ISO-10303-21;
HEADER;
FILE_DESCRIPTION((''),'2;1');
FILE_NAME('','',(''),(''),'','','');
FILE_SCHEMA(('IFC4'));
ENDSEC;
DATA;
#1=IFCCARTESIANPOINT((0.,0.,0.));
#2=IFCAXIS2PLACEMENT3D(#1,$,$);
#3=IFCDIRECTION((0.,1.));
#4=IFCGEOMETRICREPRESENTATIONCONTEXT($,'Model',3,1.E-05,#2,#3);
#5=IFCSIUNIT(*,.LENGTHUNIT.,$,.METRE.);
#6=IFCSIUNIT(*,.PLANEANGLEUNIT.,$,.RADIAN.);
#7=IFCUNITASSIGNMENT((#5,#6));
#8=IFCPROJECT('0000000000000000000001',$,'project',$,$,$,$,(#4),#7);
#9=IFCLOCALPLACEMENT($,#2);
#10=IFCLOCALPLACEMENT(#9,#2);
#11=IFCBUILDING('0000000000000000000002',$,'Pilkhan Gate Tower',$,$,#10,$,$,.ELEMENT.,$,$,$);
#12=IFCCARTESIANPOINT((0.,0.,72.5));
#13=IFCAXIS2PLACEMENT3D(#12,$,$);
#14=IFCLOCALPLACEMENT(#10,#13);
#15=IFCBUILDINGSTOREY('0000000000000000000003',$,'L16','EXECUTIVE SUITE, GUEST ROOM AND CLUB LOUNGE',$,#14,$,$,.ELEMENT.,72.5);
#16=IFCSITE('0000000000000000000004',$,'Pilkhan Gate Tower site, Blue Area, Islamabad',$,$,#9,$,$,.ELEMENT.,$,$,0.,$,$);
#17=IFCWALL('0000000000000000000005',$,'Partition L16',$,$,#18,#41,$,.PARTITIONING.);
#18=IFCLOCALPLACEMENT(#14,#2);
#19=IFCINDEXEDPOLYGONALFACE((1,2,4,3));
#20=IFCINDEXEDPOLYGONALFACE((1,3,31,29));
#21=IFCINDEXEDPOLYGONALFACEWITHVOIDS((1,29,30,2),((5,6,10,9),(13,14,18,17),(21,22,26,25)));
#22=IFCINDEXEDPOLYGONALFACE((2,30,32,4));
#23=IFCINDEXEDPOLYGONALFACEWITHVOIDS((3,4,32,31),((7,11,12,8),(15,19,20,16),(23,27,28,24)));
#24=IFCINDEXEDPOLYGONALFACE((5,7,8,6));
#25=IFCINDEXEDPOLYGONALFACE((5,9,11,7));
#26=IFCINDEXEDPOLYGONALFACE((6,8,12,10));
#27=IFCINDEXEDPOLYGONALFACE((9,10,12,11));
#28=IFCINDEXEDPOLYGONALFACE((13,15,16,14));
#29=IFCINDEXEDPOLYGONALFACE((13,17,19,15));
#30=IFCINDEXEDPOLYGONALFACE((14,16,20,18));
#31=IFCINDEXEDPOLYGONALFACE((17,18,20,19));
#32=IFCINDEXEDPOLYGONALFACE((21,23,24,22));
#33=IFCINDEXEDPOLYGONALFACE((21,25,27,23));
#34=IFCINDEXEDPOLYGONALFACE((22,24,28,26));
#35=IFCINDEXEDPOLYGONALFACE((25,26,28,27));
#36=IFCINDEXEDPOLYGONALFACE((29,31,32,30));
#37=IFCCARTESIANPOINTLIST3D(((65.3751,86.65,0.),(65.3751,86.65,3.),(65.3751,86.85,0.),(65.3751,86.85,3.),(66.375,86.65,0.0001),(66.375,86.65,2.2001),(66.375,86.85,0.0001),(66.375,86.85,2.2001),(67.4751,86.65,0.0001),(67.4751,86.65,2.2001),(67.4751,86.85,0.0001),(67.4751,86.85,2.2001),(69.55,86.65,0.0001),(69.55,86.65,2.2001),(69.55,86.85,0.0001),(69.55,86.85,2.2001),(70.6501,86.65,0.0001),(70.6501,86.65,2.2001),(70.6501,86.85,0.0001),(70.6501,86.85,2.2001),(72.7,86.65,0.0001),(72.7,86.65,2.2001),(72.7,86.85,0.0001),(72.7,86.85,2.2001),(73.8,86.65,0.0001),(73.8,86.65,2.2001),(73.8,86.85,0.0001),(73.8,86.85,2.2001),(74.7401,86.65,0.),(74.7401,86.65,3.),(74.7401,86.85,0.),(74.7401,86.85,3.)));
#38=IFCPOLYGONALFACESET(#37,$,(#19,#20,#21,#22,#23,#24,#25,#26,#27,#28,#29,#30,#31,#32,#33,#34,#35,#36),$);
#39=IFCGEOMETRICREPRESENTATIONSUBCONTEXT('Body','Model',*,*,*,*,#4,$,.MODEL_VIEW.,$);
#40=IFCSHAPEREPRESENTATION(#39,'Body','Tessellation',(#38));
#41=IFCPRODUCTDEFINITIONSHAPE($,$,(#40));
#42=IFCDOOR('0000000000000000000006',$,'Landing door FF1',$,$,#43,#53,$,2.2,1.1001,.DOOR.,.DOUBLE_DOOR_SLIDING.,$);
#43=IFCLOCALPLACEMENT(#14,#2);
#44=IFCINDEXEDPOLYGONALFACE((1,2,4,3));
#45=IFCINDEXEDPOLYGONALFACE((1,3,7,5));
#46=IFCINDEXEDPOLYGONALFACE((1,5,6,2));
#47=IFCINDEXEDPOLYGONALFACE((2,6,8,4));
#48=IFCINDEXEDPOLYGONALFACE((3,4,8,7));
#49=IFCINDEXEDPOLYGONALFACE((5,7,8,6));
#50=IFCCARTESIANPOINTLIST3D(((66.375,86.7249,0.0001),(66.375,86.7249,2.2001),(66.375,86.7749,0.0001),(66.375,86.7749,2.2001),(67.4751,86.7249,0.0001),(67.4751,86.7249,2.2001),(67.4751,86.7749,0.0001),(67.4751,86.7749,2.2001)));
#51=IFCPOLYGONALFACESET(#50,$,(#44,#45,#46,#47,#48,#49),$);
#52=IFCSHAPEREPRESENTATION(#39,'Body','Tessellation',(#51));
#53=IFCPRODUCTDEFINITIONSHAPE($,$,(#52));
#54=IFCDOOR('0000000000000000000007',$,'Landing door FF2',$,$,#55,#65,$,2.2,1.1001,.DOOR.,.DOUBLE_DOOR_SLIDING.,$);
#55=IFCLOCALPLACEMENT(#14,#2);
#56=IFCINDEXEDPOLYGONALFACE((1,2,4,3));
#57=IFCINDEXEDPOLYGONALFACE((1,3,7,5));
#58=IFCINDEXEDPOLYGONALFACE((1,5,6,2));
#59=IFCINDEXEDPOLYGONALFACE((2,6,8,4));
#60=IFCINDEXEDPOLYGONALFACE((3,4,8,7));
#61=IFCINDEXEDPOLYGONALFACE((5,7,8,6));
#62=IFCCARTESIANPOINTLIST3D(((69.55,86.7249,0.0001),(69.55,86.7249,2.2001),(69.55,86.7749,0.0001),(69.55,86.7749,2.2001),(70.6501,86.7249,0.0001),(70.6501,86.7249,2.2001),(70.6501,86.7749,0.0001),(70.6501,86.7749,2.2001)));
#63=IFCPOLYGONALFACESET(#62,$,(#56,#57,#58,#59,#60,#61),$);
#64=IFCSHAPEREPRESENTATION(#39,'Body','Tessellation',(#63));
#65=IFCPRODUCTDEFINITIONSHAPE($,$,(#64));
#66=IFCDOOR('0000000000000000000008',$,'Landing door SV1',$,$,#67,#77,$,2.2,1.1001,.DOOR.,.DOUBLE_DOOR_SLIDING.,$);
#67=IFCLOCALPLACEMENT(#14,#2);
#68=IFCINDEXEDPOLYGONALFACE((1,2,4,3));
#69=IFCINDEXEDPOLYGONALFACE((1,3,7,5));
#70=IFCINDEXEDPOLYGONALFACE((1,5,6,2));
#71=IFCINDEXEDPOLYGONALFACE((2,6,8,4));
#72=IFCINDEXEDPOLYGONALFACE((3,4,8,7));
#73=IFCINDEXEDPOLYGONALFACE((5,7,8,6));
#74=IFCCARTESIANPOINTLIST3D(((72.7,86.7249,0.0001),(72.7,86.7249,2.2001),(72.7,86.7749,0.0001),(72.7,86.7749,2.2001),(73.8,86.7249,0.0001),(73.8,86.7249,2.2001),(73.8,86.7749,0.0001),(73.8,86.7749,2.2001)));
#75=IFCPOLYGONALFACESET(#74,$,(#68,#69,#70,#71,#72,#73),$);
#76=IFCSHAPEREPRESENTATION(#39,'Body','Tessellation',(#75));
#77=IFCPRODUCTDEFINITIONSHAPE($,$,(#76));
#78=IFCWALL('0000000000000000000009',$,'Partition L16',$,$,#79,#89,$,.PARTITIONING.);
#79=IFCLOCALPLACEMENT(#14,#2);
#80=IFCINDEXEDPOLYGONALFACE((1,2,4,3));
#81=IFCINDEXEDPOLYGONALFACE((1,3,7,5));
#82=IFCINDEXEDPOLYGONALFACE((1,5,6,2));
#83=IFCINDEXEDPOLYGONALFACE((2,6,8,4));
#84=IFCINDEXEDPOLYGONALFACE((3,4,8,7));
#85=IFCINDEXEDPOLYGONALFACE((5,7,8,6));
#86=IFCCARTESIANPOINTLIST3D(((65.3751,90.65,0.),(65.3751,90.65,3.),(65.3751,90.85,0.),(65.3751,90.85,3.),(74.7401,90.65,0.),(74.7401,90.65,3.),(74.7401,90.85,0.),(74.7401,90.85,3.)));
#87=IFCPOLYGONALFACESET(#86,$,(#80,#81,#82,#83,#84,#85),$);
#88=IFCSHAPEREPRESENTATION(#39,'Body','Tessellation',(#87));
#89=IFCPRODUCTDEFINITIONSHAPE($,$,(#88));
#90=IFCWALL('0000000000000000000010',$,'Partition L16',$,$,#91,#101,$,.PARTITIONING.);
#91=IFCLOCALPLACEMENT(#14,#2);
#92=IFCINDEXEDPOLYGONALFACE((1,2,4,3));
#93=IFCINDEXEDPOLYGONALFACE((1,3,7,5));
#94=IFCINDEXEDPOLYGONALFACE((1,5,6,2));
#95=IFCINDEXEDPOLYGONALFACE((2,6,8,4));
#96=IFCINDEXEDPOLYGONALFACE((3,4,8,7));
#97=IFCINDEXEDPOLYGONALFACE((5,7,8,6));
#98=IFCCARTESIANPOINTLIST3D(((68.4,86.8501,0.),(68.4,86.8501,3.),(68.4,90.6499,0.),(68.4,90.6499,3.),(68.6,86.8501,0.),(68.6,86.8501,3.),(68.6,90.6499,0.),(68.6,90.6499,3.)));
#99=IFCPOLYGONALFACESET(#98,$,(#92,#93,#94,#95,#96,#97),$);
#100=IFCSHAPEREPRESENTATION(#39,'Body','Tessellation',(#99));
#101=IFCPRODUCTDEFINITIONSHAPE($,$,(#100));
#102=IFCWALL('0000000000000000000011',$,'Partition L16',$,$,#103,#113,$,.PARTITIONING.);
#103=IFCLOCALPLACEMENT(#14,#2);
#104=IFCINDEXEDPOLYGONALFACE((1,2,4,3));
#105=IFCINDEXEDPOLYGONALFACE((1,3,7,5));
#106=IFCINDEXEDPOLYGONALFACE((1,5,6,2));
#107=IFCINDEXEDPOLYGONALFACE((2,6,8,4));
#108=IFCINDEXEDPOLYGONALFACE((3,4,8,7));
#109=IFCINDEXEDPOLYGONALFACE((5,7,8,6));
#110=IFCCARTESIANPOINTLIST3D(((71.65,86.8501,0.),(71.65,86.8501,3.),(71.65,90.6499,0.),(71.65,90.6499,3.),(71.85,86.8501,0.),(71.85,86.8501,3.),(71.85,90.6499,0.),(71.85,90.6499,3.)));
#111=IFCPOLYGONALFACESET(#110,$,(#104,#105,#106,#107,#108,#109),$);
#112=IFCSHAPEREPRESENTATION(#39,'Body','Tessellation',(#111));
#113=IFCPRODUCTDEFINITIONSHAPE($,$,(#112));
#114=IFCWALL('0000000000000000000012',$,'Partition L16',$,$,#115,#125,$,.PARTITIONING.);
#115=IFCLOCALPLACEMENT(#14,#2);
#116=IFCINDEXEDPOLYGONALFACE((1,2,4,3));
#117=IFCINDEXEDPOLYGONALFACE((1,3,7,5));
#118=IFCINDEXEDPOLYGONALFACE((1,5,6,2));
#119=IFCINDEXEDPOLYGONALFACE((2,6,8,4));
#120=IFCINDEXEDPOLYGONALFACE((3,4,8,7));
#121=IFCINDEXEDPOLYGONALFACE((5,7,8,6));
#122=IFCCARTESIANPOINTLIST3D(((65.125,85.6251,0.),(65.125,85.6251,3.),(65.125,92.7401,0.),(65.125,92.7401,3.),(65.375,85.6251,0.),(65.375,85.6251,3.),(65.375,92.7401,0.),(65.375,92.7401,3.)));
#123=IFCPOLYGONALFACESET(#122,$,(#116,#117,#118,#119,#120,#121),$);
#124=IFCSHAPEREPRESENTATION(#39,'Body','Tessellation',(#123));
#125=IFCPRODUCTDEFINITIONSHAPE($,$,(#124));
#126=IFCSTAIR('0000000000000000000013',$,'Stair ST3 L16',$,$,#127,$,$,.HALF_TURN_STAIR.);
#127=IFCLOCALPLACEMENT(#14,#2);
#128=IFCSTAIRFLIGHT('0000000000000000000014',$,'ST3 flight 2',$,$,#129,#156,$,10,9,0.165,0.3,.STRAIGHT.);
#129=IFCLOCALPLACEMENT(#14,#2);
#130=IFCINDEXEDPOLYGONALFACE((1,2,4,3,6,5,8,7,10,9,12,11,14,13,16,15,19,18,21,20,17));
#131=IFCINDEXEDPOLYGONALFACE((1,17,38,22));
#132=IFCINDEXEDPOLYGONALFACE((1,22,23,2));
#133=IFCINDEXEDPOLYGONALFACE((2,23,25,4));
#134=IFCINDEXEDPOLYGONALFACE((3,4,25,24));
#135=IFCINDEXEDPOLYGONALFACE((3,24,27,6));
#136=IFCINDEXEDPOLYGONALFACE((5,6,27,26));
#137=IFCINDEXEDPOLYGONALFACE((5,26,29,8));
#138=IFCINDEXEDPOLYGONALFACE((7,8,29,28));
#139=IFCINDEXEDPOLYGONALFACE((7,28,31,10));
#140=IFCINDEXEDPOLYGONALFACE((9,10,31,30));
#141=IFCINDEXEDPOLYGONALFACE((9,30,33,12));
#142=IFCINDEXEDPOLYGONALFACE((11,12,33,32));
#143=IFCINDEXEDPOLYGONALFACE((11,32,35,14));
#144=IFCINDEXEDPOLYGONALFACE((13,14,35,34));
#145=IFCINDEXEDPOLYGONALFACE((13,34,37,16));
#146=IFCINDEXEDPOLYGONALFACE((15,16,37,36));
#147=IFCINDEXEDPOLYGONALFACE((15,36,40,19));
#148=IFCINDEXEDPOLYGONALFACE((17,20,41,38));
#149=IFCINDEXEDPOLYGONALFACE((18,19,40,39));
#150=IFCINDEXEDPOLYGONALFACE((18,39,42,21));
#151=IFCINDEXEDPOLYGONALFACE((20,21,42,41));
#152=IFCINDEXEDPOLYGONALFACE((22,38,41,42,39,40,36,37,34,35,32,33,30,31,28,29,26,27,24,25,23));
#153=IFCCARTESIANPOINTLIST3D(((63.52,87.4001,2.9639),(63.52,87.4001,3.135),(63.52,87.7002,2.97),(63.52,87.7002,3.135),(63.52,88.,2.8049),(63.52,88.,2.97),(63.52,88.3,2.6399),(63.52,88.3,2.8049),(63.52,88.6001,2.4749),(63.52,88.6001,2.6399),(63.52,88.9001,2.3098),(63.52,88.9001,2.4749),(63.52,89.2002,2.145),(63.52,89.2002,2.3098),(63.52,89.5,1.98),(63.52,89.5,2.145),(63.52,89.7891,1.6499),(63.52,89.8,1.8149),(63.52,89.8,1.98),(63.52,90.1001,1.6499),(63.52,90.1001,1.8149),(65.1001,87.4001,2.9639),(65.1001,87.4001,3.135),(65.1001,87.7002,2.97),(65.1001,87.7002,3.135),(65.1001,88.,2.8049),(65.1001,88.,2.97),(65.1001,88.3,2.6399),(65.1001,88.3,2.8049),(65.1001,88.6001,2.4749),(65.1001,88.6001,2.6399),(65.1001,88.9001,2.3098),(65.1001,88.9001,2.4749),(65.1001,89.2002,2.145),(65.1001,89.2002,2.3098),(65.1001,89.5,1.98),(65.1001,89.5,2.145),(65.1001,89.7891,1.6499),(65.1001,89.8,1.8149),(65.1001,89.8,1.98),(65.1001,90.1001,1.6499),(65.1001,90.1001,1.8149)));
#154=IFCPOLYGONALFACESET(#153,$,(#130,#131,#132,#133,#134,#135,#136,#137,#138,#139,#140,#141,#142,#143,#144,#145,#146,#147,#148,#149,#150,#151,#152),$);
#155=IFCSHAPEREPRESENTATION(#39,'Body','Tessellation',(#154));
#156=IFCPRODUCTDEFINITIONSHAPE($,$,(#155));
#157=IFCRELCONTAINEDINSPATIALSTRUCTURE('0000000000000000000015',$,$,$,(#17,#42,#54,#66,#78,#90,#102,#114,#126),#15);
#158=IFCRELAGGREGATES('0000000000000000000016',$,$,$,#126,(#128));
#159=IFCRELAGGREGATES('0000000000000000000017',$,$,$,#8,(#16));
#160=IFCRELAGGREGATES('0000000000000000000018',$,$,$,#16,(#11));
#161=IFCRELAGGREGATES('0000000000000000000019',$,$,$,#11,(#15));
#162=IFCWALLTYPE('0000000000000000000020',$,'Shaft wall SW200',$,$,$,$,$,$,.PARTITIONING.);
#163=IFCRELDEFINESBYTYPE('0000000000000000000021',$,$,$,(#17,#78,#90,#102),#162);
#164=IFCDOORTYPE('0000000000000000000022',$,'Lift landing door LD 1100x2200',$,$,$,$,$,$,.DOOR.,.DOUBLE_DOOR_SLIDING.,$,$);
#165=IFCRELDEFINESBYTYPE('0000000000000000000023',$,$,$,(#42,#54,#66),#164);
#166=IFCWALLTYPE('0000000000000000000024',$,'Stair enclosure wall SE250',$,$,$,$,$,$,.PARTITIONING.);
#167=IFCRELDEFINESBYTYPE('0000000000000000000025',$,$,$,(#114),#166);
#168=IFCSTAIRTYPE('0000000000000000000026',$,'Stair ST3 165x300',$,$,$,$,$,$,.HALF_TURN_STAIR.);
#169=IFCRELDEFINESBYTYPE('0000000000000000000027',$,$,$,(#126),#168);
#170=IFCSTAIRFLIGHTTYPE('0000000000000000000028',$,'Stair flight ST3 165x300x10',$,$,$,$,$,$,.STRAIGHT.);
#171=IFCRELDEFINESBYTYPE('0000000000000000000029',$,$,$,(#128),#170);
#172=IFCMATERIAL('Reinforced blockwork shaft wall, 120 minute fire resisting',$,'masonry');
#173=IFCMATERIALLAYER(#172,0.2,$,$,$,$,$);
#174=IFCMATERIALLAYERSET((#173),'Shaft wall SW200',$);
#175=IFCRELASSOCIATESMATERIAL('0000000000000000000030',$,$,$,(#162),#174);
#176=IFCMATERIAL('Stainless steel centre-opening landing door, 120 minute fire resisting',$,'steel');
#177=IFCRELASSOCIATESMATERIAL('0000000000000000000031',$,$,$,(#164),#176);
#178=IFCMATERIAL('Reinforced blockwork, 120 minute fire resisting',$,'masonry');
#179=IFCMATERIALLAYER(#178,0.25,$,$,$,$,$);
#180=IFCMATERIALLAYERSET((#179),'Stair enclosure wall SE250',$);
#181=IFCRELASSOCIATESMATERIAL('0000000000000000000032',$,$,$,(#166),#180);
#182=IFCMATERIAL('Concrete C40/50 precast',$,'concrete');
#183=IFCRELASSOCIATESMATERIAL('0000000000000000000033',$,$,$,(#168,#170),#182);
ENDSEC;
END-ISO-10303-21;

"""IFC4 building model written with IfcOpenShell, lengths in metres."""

from ifc_helpers import new_model, si_unit, direction, frame, frame_2d, origin, place, context, subcontext, project, spatial, polyline, rectangle, outline, extrude, material, layer, layer_set, type_object, element, fill, aggregate, save


model = new_model("IFC4")

# Units and contexts
model_context = context("Model", 3, precision=1e-05, world=origin(), true_north=direction((0.0, 1.0)))
body_context = subcontext(model_context, "Body", "Model", "MODEL_VIEW")
ifc_project = project(units=[si_unit("LENGTHUNIT", "METRE"), si_unit("PLANEANGLEUNIT", "RADIAN")], contexts=[model_context])

# Site, building, storey
site_placement = place(None, origin())
site = spatial("IfcSite", under=ifc_project, at=site_placement, Name="Pilkhan Gate Tower site, Blue Area, Islamabad", CompositionType="ELEMENT", RefElevation=0.0)
building_placement = place(site_placement, origin())
building = spatial("IfcBuilding", under=site, at=building_placement, Name="Pilkhan Gate Tower", CompositionType="ELEMENT")
storey_placement = place(building_placement, frame((0.0, 0.0, 72.5)))
storey = spatial("IfcBuildingStorey", under=building, at=storey_placement, Name="L16", Description="EXECUTIVE SUITE, GUEST ROOM AND CLUB LOUNGE", CompositionType="ELEMENT", Elevation=72.5)

# Wall, openings, doors
ifc_material_1 = material(Name="Reinforced blockwork shaft wall, 120 minute fire resisting", Category="masonry")
ifc_layer_1 = layer(ifc_material_1, 0.2)
ifc_layer_set_1 = layer_set([ifc_layer_1], Name="Shaft wall SW200")
wall_type_1 = type_object("IfcWallType", Name="Shaft wall SW200", PredefinedType="PARTITIONING", material=ifc_layer_set_1)
wall_1_placement = place(storey_placement, frame((65.375, 86.75, 0.0), z_axis=(0.0, 0.0, 1.0), x_axis=(1.0, 0.0, 0.0)))
wall_1 = element("IfcWall", 1, at=wall_1_placement, inside=storey, type_object=wall_type_1, Name="Partition L16", PredefinedType="PARTITIONING", context=body_context, shape_type="SweptSolid", body=[
    extrude(rectangle(XDim=9.365, YDim=0.2, at=frame_2d((4.6826, 0.0))), origin(), (0.0, 0.0, 1.0), 3.0),
])
opening_1_placement = place(wall_1_placement, frame((1.0, 0.0, 0.0)))
opening_1 = element("IfcOpeningElement", 2, at=opening_1_placement, cuts=wall_1, PredefinedType="OPENING", context=body_context, shape_type="SweptSolid", body=[
    extrude(rectangle(XDim=1.1001, YDim=2.2, at=frame_2d((0.55, 1.1001))), frame((0.0, 0.1099, 0.0), z_axis=(0.0, -1.0, 0.0), x_axis=(1.0, 0.0, 0.0)), (0.0, 0.0, 1.0), 0.22),
])
opening_2_placement = place(wall_1_placement, frame((4.175, 0.0, 0.0)))
opening_2 = element("IfcOpeningElement", 3, at=opening_2_placement, cuts=wall_1, PredefinedType="OPENING", context=body_context, shape_type="SweptSolid", body=[
    extrude(rectangle(XDim=1.1001, YDim=2.2, at=frame_2d((0.55, 1.1001))), frame((0.0, 0.1099, 0.0), z_axis=(0.0, -1.0, 0.0), x_axis=(1.0, 0.0, 0.0)), (0.0, 0.0, 1.0), 0.22),
])
opening_3_placement = place(wall_1_placement, frame((7.325, 0.0, 0.0)))
opening_3 = element("IfcOpeningElement", 4, at=opening_3_placement, cuts=wall_1, PredefinedType="OPENING", context=body_context, shape_type="SweptSolid", body=[
    extrude(rectangle(XDim=1.1001, YDim=2.2, at=frame_2d((0.55, 1.1001))), frame((0.0, 0.1099, 0.0), z_axis=(0.0, -1.0, 0.0), x_axis=(1.0, 0.0, 0.0)), (0.0, 0.0, 1.0), 0.22),
])
ifc_material_2 = material(Name="Stainless steel centre-opening landing door, 120 minute fire resisting", Category="steel")
door_type = type_object("IfcDoorType", Name="Lift landing door LD 1100x2200", OperationType="DOUBLE_DOOR_SLIDING", PredefinedType="DOOR", material=ifc_material_2)
door_1_placement = place(opening_1_placement, origin())
door_1 = element("IfcDoor", 5, at=door_1_placement, inside=storey, type_object=door_type, Name="Landing door FF1", OperationType="DOUBLE_DOOR_SLIDING", OverallHeight=2.2, OverallWidth=1.1001, PredefinedType="DOOR", context=body_context, shape_type="SweptSolid", body=[
    extrude(rectangle(XDim=1.1001, YDim=2.2, at=frame_2d((0.55, 1.1001))), frame((0.0, 0.0249, 0.0), z_axis=(0.0, -1.0, 0.0), x_axis=(1.0, 0.0, 0.0)), (0.0, 0.0, 1.0), 0.05),
])
fill(opening_1, door_1)
door_2_placement = place(opening_2_placement, origin())
door_2 = element("IfcDoor", 6, at=door_2_placement, inside=storey, type_object=door_type, Name="Landing door FF2", OperationType="DOUBLE_DOOR_SLIDING", OverallHeight=2.2, OverallWidth=1.1001, PredefinedType="DOOR", context=body_context, shape_type="SweptSolid", body=[
    extrude(rectangle(XDim=1.1001, YDim=2.2, at=frame_2d((0.55, 1.1001))), frame((0.0, 0.0249, 0.0), z_axis=(0.0, -1.0, 0.0), x_axis=(1.0, 0.0, 0.0)), (0.0, 0.0, 1.0), 0.05),
])
fill(opening_2, door_2)
door_3_placement = place(opening_3_placement, origin())
door_3 = element("IfcDoor", 7, at=door_3_placement, inside=storey, type_object=door_type, Name="Landing door SV1", OperationType="DOUBLE_DOOR_SLIDING", OverallHeight=2.2, OverallWidth=1.1001, PredefinedType="DOOR", context=body_context, shape_type="SweptSolid", body=[
    extrude(rectangle(XDim=1.1001, YDim=2.2, at=frame_2d((0.55, 1.1001))), frame((0.0, 0.0249, 0.0), z_axis=(0.0, -1.0, 0.0), x_axis=(1.0, 0.0, 0.0)), (0.0, 0.0, 1.0), 0.05),
])
fill(opening_3, door_3)

# Walls
wall_2_placement = place(storey_placement, frame((65.375, 90.75, 0.0), z_axis=(0.0, 0.0, 1.0), x_axis=(1.0, 0.0, 0.0)))
element("IfcWall", 8, at=wall_2_placement, inside=storey, type_object=wall_type_1, Name="Partition L16", PredefinedType="PARTITIONING", context=body_context, shape_type="SweptSolid", body=[
    extrude(rectangle(XDim=9.365, YDim=0.2, at=frame_2d((4.6826, 0.0))), origin(), (0.0, 0.0, 1.0), 3.0),
])
for number, where, z_axis, x_axis, name in (
    (9, (68.5, 86.8501, 0.0), (0.0, 0.0, 1.0), (0.0, 1.0, 0.0), "Partition L16"),
    (10, (71.75, 86.8501, 0.0), (0.0, 0.0, 1.0), (0.0, 1.0, 0.0), "Partition L16"),
):
    element("IfcWall", number, at=place(storey_placement, frame(where, z_axis=z_axis, x_axis=x_axis)), inside=storey, type_object=wall_type_1, Name=name, PredefinedType="PARTITIONING", context=body_context, shape_type="SweptSolid", body=[
        extrude(rectangle(XDim=3.7998, YDim=0.2, at=frame_2d((1.8999, 0.0))), origin(), (0.0, 0.0, 1.0), 3.0),
    ])
ifc_material_3 = material(Name="Reinforced blockwork, 120 minute fire resisting", Category="masonry")
ifc_layer_2 = layer(ifc_material_3, 0.25)
ifc_layer_set_2 = layer_set([ifc_layer_2], Name="Stair enclosure wall SE250")
wall_type_2 = type_object("IfcWallType", Name="Stair enclosure wall SE250", PredefinedType="PARTITIONING", material=ifc_layer_set_2)
wall_3_placement = place(storey_placement, frame((65.25, 85.625, 0.0), z_axis=(0.0, 0.0, 1.0), x_axis=(0.0, 1.0, 0.0)))
element("IfcWall", 11, at=wall_3_placement, inside=storey, type_object=wall_type_2, Name="Partition L16", PredefinedType="PARTITIONING", context=body_context, shape_type="SweptSolid", body=[
    extrude(rectangle(XDim=7.115, YDim=0.25, at=frame_2d((3.5576, 0.0))), origin(), (0.0, 0.0, 1.0), 3.0),
])

# Stair, stair flight
ifc_material_4 = material(Name="Concrete C40/50 precast", Category="concrete")
stair_type = type_object("IfcStairType", Name="Stair ST3 165x300", PredefinedType="HALF_TURN_STAIR", material=ifc_material_4)
stair_placement = place(storey_placement, origin())
stair = element("IfcStair", 12, at=stair_placement, inside=storey, type_object=stair_type, Name="Stair ST3 L16", PredefinedType="HALF_TURN_STAIR")
stair_flight_type = type_object("IfcStairFlightType", Name="Stair flight ST3 165x300x10", PredefinedType="STRAIGHT", material=ifc_material_4)
stair_flight_placement = place(storey_placement, frame((64.3101, 90.1001, 1.6499), z_axis=(0.0, 0.0, 1.0), x_axis=(0.0, -1.0, 0.0)))
stair_flight = element("IfcStairFlight", 13, at=stair_flight_placement, type_object=stair_flight_type, Name="ST3 flight 2", NumberOfRisers=10, NumberOfTreads=9, PredefinedType="STRAIGHT", RiserHeight=0.165, TreadLength=0.3, context=body_context, shape_type="SweptSolid", body=[
    extrude(outline(polyline([(0.0, 0.0), (0.0, 0.165), (0.3, 0.165), (0.3, 0.3301), (0.6001, 0.3301), (0.6001, 0.4951), (0.8999, 0.4951), (0.8999, 0.6599), (1.2, 0.6599), (1.2, 0.825), (1.5, 0.825), (1.5, 0.99), (1.8, 0.99), (1.8, 1.155), (2.1001, 1.155), (2.1001, 1.3201), (2.3999, 1.3201), (2.3999, 1.4851), (2.7, 1.4851), (2.7, 1.6499), (2.7, 1.314), (0.311, 0.0), (0.0, 0.0)])), frame((0.0, 0.79, 0.0), z_axis=(0.0, -1.0, 0.0), x_axis=(1.0, 0.0, 0.0)), (0.0, 0.0, 1.0), 1.5801),
])
aggregate(stair, [stair_flight])

save(model, "model.ifc")
